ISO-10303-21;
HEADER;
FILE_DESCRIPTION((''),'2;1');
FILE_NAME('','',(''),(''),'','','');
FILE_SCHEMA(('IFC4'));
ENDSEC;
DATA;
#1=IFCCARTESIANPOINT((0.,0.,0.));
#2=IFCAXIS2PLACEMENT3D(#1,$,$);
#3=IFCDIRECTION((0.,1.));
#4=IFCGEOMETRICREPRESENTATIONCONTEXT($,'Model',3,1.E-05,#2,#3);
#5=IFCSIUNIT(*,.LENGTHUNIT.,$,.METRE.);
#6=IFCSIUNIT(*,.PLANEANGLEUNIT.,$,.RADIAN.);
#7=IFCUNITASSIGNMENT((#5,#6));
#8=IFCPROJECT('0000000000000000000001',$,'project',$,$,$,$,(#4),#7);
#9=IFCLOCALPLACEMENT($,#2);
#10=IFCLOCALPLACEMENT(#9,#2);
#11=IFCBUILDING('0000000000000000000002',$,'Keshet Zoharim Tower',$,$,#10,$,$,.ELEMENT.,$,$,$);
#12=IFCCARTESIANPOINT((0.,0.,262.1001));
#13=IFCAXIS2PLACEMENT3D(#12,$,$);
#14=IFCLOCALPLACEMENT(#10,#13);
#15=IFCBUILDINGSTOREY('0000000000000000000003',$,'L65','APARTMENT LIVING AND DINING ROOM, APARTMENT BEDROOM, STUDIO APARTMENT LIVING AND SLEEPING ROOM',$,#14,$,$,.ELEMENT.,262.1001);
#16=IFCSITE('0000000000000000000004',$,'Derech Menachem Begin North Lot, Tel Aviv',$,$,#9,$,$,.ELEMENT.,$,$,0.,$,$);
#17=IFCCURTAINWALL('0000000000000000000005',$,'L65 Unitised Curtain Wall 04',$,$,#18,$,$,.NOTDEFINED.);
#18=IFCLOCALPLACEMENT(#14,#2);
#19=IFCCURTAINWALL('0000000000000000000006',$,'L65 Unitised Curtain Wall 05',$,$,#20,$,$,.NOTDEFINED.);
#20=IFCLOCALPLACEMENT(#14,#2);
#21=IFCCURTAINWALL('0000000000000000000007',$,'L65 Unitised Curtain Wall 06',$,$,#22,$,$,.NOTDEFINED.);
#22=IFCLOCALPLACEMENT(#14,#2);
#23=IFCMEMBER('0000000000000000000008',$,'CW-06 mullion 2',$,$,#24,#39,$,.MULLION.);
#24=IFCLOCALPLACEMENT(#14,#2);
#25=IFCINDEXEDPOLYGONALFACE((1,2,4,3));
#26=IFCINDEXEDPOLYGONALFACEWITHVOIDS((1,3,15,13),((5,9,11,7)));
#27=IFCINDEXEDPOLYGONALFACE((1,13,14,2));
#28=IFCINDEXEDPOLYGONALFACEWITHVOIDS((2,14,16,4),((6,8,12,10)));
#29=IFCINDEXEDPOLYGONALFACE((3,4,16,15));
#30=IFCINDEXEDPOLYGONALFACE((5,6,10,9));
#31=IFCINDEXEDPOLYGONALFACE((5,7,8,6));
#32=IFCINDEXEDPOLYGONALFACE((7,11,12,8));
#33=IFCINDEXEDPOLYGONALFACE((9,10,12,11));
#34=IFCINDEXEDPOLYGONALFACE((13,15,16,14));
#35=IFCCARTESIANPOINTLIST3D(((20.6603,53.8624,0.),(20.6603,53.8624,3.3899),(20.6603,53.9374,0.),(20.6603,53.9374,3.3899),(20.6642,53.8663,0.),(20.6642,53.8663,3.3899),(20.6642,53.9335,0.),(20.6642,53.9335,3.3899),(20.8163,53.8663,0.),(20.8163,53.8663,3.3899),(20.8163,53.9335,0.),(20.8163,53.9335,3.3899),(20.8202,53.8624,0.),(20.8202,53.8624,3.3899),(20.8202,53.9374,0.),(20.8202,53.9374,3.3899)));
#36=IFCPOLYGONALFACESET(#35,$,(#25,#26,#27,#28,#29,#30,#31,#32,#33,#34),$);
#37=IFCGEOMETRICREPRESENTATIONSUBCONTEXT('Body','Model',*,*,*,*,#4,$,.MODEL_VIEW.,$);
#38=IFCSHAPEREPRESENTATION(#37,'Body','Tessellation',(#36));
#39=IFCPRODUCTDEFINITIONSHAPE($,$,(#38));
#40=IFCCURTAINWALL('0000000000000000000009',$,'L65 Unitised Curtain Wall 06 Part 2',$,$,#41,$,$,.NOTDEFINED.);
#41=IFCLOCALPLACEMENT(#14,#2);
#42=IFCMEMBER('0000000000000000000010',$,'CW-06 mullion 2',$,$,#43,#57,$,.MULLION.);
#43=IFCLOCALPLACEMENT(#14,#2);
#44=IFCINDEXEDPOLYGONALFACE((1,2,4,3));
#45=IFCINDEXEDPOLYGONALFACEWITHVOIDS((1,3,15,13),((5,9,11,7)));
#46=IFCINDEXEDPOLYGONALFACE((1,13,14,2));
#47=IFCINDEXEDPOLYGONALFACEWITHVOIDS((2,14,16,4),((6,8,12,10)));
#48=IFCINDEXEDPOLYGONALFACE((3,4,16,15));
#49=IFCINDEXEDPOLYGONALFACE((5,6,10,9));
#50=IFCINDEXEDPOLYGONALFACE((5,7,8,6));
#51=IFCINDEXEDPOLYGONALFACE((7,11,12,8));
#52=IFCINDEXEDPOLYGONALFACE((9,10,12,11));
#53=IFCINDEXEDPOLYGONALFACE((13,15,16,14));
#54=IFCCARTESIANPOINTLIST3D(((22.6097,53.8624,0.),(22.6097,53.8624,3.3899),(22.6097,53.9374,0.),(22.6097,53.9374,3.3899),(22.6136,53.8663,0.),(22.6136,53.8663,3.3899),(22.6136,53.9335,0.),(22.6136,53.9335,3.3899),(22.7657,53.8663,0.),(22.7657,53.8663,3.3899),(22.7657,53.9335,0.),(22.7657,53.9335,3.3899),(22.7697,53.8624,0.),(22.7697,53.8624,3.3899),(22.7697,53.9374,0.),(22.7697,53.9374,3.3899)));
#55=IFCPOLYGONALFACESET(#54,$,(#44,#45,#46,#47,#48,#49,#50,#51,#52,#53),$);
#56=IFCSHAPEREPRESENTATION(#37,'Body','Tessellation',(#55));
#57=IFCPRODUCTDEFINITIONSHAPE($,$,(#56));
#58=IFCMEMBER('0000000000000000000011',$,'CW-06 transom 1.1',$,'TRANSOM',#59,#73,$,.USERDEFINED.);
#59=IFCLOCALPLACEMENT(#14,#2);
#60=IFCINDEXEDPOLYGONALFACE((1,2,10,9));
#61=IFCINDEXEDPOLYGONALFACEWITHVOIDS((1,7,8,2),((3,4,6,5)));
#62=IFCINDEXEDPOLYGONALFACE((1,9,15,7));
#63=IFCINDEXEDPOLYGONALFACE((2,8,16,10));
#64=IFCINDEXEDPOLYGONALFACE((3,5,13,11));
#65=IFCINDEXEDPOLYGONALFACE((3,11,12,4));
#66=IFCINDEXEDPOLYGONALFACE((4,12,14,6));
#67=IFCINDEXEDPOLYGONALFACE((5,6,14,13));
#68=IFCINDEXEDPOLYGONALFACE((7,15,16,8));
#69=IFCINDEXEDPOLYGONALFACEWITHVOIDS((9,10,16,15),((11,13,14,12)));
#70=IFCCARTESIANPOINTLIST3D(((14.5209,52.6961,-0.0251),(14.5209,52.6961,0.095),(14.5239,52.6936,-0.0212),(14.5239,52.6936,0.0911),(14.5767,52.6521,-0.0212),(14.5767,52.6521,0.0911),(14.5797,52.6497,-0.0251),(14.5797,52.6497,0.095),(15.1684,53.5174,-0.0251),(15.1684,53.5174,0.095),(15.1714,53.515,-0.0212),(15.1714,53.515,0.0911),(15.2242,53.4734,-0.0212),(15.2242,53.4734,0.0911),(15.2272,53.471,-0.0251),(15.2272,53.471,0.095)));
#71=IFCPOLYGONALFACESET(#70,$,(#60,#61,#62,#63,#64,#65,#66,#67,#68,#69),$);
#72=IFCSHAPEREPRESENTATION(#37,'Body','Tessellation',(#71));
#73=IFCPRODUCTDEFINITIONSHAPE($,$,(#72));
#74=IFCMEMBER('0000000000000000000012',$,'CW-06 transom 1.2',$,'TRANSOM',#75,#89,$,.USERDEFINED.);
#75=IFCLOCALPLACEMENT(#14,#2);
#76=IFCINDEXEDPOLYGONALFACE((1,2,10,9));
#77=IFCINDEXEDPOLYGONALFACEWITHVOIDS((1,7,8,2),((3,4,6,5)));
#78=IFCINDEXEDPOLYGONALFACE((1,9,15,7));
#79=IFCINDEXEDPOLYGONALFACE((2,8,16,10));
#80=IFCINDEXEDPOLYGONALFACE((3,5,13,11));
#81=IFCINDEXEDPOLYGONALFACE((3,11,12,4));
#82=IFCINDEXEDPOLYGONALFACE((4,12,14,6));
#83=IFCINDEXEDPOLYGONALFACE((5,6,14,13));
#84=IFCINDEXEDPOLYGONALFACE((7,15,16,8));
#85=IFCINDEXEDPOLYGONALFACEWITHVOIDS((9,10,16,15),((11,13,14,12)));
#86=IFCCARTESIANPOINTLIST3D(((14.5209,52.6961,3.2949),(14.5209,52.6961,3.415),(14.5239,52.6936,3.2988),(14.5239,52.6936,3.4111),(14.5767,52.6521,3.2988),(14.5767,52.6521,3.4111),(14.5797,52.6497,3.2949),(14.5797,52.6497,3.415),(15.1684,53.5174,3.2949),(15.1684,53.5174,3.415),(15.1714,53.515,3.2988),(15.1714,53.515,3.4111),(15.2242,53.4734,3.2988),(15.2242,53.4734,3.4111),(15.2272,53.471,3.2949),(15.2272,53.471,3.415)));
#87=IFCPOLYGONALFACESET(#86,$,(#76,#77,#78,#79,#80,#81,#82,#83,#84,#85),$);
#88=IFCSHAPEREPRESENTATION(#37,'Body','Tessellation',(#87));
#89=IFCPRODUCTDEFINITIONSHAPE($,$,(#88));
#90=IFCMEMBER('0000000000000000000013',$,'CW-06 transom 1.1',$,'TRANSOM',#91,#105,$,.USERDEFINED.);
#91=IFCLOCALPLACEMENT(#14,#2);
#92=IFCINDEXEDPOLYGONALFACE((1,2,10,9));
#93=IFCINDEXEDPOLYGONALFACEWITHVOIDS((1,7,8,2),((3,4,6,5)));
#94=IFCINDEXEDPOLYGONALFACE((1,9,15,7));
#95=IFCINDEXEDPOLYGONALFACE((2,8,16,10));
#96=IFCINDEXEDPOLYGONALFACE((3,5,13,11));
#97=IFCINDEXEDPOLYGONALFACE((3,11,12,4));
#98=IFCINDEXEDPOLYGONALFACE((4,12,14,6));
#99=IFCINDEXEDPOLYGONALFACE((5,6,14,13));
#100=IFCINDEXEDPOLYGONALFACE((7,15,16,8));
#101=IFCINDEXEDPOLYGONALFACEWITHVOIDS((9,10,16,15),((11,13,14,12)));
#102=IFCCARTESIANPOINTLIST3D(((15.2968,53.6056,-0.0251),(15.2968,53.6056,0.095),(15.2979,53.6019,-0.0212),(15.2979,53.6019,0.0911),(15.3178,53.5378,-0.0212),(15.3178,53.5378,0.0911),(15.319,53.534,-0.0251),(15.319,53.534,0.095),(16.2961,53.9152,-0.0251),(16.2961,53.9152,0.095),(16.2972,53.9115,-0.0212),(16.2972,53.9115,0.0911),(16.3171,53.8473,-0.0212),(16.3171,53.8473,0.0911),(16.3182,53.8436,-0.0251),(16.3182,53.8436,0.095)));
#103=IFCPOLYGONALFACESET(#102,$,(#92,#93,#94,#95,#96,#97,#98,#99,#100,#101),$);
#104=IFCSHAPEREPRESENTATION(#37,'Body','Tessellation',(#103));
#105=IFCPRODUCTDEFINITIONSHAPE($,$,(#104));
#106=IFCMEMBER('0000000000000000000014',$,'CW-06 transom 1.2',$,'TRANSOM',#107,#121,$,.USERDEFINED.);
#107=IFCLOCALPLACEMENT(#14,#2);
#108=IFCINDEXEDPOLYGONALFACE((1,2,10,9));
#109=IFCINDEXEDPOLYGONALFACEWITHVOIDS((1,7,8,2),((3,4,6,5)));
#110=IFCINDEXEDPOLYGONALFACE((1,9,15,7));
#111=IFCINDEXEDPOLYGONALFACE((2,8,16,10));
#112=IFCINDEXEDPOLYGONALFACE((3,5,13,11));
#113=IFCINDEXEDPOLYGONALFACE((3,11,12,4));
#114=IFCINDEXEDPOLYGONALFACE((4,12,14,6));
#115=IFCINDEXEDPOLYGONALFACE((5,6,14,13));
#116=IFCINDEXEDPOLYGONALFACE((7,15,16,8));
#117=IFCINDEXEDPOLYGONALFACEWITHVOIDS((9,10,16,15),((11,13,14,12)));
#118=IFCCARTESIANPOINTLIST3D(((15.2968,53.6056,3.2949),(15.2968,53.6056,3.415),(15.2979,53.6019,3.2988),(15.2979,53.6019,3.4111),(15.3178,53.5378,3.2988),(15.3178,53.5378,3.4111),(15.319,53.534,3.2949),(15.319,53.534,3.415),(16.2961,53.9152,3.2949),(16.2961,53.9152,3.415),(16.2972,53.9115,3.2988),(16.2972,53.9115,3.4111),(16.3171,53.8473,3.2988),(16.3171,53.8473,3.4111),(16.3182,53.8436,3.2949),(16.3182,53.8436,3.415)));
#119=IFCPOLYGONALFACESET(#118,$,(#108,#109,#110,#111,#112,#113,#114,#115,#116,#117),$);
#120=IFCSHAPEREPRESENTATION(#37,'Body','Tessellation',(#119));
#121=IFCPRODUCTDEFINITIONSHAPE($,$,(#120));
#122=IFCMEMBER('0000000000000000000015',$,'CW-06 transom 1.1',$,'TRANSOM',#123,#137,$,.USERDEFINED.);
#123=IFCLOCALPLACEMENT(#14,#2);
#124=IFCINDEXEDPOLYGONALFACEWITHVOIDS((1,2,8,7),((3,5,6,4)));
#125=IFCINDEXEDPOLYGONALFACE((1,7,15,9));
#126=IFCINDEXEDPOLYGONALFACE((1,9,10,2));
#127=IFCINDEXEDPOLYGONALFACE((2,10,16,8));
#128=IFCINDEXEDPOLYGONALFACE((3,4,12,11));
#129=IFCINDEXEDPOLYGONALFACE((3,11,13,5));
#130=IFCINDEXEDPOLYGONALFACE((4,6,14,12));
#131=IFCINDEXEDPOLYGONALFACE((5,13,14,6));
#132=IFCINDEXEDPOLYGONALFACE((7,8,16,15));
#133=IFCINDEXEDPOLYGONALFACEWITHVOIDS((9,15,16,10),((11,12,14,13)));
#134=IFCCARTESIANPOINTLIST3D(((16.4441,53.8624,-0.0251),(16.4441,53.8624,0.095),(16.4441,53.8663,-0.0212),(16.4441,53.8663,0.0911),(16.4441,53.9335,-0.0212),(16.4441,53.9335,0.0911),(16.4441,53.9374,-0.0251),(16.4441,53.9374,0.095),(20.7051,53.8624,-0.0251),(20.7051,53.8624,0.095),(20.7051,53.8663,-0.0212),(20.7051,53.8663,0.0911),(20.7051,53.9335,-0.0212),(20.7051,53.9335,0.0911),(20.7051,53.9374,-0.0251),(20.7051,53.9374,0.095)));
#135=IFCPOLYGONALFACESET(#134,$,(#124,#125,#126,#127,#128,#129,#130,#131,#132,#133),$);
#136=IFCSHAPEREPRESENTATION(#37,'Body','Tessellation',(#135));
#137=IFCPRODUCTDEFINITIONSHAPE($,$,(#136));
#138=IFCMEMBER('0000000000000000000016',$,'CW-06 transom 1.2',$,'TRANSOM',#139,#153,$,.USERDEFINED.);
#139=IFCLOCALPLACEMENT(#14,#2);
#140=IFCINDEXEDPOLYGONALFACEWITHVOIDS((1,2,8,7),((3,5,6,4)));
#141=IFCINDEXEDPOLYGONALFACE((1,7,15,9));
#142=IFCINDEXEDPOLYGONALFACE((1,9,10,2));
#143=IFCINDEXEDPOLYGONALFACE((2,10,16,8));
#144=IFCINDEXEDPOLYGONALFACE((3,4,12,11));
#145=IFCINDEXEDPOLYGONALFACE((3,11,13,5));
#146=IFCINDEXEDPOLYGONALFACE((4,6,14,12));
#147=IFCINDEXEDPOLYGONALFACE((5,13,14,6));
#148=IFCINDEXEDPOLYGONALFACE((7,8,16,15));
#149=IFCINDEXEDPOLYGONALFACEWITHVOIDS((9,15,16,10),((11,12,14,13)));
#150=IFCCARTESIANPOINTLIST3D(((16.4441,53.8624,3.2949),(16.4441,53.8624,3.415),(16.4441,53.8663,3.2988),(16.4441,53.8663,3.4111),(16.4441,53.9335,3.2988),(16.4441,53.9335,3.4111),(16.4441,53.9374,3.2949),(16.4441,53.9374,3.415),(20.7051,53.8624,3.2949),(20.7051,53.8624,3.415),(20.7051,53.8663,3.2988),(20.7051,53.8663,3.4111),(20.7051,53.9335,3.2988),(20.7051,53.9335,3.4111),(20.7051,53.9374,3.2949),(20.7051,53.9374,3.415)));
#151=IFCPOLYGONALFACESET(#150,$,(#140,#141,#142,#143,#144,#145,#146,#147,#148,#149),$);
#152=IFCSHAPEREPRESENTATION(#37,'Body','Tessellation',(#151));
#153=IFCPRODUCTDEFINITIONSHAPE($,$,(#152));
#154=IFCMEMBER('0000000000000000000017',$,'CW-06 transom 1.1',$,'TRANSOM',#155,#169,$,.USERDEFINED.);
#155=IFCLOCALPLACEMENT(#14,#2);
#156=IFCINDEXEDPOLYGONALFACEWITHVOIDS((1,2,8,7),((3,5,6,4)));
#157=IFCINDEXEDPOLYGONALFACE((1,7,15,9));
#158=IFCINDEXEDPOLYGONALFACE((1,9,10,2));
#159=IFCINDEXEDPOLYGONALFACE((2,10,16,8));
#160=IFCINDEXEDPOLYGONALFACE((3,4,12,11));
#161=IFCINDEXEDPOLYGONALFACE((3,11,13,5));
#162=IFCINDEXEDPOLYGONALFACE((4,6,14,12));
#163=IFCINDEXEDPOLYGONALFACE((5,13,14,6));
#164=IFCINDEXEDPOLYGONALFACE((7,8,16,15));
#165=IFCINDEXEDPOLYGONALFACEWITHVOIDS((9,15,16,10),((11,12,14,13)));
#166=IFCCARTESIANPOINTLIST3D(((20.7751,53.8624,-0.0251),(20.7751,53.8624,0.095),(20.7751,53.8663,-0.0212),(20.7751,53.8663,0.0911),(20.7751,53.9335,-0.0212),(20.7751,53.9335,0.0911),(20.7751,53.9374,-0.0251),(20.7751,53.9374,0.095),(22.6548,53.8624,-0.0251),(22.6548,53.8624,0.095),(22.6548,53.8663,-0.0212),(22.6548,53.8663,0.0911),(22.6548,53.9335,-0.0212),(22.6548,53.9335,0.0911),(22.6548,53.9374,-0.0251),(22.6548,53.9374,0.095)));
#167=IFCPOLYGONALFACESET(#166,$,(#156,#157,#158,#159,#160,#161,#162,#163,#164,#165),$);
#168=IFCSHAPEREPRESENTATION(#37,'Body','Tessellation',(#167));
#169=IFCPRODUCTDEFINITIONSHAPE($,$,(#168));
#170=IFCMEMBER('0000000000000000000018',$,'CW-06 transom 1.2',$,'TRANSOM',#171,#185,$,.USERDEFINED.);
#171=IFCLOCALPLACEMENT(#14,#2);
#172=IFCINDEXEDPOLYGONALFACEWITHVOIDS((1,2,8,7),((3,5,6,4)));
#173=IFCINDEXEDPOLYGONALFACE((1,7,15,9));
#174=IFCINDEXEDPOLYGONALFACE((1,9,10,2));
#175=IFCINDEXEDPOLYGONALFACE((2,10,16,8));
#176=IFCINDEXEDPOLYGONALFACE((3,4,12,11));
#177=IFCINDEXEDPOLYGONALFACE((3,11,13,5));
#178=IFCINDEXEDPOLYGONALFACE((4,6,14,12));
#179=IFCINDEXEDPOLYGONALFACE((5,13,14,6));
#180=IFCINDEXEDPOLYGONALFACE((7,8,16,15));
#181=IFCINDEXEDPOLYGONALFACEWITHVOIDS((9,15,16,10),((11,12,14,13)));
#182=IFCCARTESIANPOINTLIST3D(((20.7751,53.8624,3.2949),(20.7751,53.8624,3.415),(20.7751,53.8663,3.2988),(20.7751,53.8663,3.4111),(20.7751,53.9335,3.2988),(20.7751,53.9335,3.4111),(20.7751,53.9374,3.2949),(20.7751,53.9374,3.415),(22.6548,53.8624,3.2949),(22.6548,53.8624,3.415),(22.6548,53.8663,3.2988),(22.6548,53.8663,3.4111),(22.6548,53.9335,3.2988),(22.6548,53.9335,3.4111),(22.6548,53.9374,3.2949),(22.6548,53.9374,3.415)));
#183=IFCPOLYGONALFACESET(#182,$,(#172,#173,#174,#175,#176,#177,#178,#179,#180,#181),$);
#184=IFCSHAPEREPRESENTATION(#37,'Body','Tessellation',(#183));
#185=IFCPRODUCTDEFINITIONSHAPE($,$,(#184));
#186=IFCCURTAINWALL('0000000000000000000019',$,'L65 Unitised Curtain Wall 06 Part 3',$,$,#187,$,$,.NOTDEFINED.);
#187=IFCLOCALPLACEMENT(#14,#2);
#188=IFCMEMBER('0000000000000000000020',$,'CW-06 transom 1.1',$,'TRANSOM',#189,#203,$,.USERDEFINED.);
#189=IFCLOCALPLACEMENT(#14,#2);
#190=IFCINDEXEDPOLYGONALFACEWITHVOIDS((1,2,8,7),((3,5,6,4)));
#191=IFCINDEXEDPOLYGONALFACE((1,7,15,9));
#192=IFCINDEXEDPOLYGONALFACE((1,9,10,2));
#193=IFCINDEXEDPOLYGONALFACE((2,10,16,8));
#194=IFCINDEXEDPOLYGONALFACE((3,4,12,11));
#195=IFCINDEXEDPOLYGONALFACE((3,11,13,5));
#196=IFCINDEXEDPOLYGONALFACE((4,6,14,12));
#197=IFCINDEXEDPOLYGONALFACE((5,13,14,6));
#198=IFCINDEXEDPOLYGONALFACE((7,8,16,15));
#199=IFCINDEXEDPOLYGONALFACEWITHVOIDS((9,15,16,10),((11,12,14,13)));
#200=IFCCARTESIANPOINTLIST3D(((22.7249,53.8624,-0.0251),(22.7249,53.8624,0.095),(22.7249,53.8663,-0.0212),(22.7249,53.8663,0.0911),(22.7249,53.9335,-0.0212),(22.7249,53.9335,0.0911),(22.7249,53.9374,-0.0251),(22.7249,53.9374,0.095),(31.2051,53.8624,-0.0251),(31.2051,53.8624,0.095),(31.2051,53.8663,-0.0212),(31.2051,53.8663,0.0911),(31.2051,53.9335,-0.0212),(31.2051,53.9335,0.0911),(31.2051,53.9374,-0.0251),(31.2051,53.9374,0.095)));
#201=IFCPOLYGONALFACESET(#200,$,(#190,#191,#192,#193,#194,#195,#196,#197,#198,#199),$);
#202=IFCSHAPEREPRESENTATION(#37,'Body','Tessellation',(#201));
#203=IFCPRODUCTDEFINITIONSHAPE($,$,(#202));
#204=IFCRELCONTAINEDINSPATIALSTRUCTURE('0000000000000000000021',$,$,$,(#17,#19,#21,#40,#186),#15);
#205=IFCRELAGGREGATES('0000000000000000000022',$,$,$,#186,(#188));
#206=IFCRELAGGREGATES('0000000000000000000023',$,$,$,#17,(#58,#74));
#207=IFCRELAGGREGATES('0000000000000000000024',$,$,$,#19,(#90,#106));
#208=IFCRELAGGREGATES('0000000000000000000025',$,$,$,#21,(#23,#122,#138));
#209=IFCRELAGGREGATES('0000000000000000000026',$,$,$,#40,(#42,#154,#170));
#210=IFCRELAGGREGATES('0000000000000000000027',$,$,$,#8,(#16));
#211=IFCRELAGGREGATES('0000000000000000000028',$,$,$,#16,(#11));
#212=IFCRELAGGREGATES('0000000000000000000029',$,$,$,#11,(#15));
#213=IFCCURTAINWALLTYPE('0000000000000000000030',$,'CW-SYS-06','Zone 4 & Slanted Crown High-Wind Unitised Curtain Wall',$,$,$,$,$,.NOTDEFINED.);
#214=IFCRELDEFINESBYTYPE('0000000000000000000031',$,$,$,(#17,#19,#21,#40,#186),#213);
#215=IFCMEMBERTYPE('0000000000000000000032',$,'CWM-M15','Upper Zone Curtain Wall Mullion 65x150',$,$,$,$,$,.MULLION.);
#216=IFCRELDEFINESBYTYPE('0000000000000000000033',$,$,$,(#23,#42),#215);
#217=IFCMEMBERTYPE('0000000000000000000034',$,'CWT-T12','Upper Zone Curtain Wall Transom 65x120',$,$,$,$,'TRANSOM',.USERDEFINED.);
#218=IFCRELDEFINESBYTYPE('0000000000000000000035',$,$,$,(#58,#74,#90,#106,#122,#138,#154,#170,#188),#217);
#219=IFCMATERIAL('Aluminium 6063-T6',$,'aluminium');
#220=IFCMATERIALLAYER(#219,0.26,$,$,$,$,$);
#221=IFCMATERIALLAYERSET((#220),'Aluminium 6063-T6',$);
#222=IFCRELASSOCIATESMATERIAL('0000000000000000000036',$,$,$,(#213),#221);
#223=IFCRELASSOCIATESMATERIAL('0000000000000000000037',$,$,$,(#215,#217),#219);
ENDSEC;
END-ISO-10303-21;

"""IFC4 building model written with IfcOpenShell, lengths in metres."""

from ifc_helpers import new_model, si_unit, direction, frame, origin, origin_2d, place, context, subcontext, project, spatial, hollow_rectangle, extrude, material, layer, layer_set, material_profile, profile_set, type_object, element, aggregate, save


model = new_model("IFC4")

# Units and contexts
model_context = context("Model", 3, precision=1e-05, world=origin(), true_north=direction((0.0, 1.0)))
body_context = subcontext(model_context, "Body", "Model", "MODEL_VIEW")
ifc_project = project(units=[si_unit("LENGTHUNIT", "METRE"), si_unit("PLANEANGLEUNIT", "RADIAN")], contexts=[model_context])

# Site, building, storey
site_placement = place(None, origin())
site = spatial("IfcSite", under=ifc_project, at=site_placement, Name="Derech Menachem Begin North Lot, Tel Aviv", CompositionType="ELEMENT", RefElevation=0.0)
building_placement = place(site_placement, origin())
building = spatial("IfcBuilding", under=site, at=building_placement, Name="Keshet Zoharim Tower", CompositionType="ELEMENT")
storey_placement = place(building_placement, frame((0.0, 0.0, 262.1001)))
storey = spatial("IfcBuildingStorey", under=building, at=storey_placement, Name="L65", Description="APARTMENT LIVING AND DINING ROOM, APARTMENT BEDROOM, STUDIO APARTMENT LIVING AND SLEEPING ROOM", CompositionType="ELEMENT", Elevation=262.1001)

# Curtain walls, member
ifc_material_1 = material(Name="Aluminium 6063-T6", Category="aluminium")
ifc_layer_1 = layer(ifc_material_1, 0.26)
ifc_layer_set_1 = layer_set([ifc_layer_1], Name="Aluminium 6063-T6")
curtain_wall_type = type_object("IfcCurtainWallType", Name="CW-SYS-06", Description="Zone 4 & Slanted Crown High-Wind Unitised Curtain Wall", PredefinedType="NOTDEFINED", material=ifc_layer_set_1)
curtain_wall_1_placement = place(storey_placement, origin())
curtain_wall_1 = element("IfcCurtainWall", 1, at=curtain_wall_1_placement, inside=storey, type_object=curtain_wall_type, Name="L65 Unitised Curtain Wall 04", PredefinedType="NOTDEFINED")
ifc_material_profile_1 = material_profile(ifc_material_1, hollow_rectangle(XDim=0.075, YDim=0.1599, WallThickness=0.0039, at=origin_2d()), Name="MUL-75x160")
ifc_profile_set_1 = profile_set([ifc_material_profile_1], Name="Aluminium 6063-T6")
member_type_1 = type_object("IfcMemberType", Name="CWM-M15", Description="Upper Zone Curtain Wall Mullion 65x150", PredefinedType="MULLION", material=ifc_profile_set_1)
curtain_wall_2_placement = place(storey_placement, origin())
curtain_wall_2 = element("IfcCurtainWall", 2, at=curtain_wall_2_placement, inside=storey, type_object=curtain_wall_type, Name="L65 Unitised Curtain Wall 05", PredefinedType="NOTDEFINED")
curtain_wall_3_placement = place(storey_placement, origin())
curtain_wall_3 = element("IfcCurtainWall", 3, at=curtain_wall_3_placement, inside=storey, type_object=curtain_wall_type, Name="L65 Unitised Curtain Wall 06", PredefinedType="NOTDEFINED")
member_1_placement = place(storey_placement, frame((20.7402, 53.8999, 0.0), z_axis=(0.0, 0.0, 1.0), x_axis=(0.0, 1.0, 0.0)))
member_1 = element("IfcMember", 4, at=member_1_placement, type_object=member_type_1, Name="CW-06 mullion 2", PredefinedType="MULLION", context=body_context, shape_type="SweptSolid", body=[
    extrude(hollow_rectangle(XDim=0.075, YDim=0.1599, WallThickness=0.0039, at=origin_2d()), origin(), (0.0, 0.0, 1.0), 3.3899),
])

# Curtain wall, member
curtain_wall_4_placement = place(storey_placement, origin())
curtain_wall_4 = element("IfcCurtainWall", 5, at=curtain_wall_4_placement, inside=storey, type_object=curtain_wall_type, Name="L65 Unitised Curtain Wall 06 Part 2", PredefinedType="NOTDEFINED")
member_2_placement = place(storey_placement, frame((22.6897, 53.8999, 0.0), z_axis=(0.0, 0.0, 1.0), x_axis=(0.0, 1.0, 0.0)))
member_2 = element("IfcMember", 6, at=member_2_placement, type_object=member_type_1, Name="CW-06 mullion 2", PredefinedType="MULLION", context=body_context, shape_type="SweptSolid", body=[
    extrude(hollow_rectangle(XDim=0.075, YDim=0.1599, WallThickness=0.0039, at=origin_2d()), origin(), (0.0, 0.0, 1.0), 3.3899),
])

# Members
ifc_material_profile_2 = material_profile(ifc_material_1, hollow_rectangle(XDim=0.075, YDim=0.1201, WallThickness=0.0039, at=origin_2d()), Name="TRN-75x120")
ifc_profile_set_2 = profile_set([ifc_material_profile_2], Name="Aluminium 6063-T6")
member_type_2 = type_object("IfcMemberType", Name="CWT-T12", Description="Upper Zone Curtain Wall Transom 65x120", ElementType="TRANSOM", PredefinedType="USERDEFINED", material=ifc_profile_set_2)
member_3_placement = place(storey_placement, frame((14.5503, 52.6729, 0.0349), z_axis=(0.619099, 0.785313, 0.0), x_axis=(-0.785313, 0.619099, 0.0)))
member_3 = element("IfcMember", 7, at=member_3_placement, type_object=member_type_2, Name="CW-06 transom 1.1", ObjectType="TRANSOM", PredefinedType="USERDEFINED", context=body_context, shape_type="SweptSolid", body=[
    extrude(hollow_rectangle(XDim=0.075, YDim=0.1201, WallThickness=0.0039, at=origin_2d()), origin(), (0.0, 0.0, 1.0), 1.0459),
])
member_4_placement = place(storey_placement, frame((14.5503, 52.6729, 3.355), z_axis=(0.619099, 0.785313, 0.0), x_axis=(-0.785313, 0.619099, 0.0)))
member_4 = element("IfcMember", 8, at=member_4_placement, type_object=member_type_2, Name="CW-06 transom 1.2", ObjectType="TRANSOM", PredefinedType="USERDEFINED", context=body_context, shape_type="SweptSolid", body=[
    extrude(hollow_rectangle(XDim=0.075, YDim=0.1201, WallThickness=0.0039, at=origin_2d()), origin(), (0.0, 0.0, 1.0), 1.0459),
])
member_5_placement = place(storey_placement, frame((15.3079, 53.5698, 0.0349), z_axis=(0.955212, 0.295922, 0.0), x_axis=(-0.295922, 0.955212, 0.0)))
member_5 = element("IfcMember", 9, at=member_5_placement, type_object=member_type_2, Name="CW-06 transom 1.1", ObjectType="TRANSOM", PredefinedType="USERDEFINED", context=body_context, shape_type="SweptSolid", body=[
    extrude(hollow_rectangle(XDim=0.075, YDim=0.1201, WallThickness=0.0039, at=origin_2d()), origin(), (0.0, 0.0, 1.0), 1.0461),
])
member_6_placement = place(storey_placement, frame((15.3079, 53.5698, 3.355), z_axis=(0.955212, 0.295922, 0.0), x_axis=(-0.295922, 0.955212, 0.0)))
member_6 = element("IfcMember", 10, at=member_6_placement, type_object=member_type_2, Name="CW-06 transom 1.2", ObjectType="TRANSOM", PredefinedType="USERDEFINED", context=body_context, shape_type="SweptSolid", body=[
    extrude(hollow_rectangle(XDim=0.075, YDim=0.1201, WallThickness=0.0039, at=origin_2d()), origin(), (0.0, 0.0, 1.0), 1.0461),
])
member_7_placement = place(storey_placement, frame((16.4441, 53.8999, 0.0349), z_axis=(1.0, 0.0, 0.0), x_axis=(0.0, 1.0, 0.0)))
member_7 = element("IfcMember", 11, at=member_7_placement, type_object=member_type_2, Name="CW-06 transom 1.1", ObjectType="TRANSOM", PredefinedType="USERDEFINED", context=body_context, shape_type="SweptSolid", body=[
    extrude(hollow_rectangle(XDim=0.075, YDim=0.1201, WallThickness=0.0039, at=origin_2d()), origin(), (0.0, 0.0, 1.0), 4.261),
])
member_8_placement = place(storey_placement, frame((16.4441, 53.8999, 3.355), z_axis=(1.0, 0.0, 0.0), x_axis=(0.0, 1.0, 0.0)))
member_8 = element("IfcMember", 12, at=member_8_placement, type_object=member_type_2, Name="CW-06 transom 1.2", ObjectType="TRANSOM", PredefinedType="USERDEFINED", context=body_context, shape_type="SweptSolid", body=[
    extrude(hollow_rectangle(XDim=0.075, YDim=0.1201, WallThickness=0.0039, at=origin_2d()), origin(), (0.0, 0.0, 1.0), 4.261),
])
member_9_placement = place(storey_placement, frame((20.7751, 53.8999, 0.0349), z_axis=(1.0, 0.0, 0.0), x_axis=(0.0, 1.0, 0.0)))
member_9 = element("IfcMember", 13, at=member_9_placement, type_object=member_type_2, Name="CW-06 transom 1.1", ObjectType="TRANSOM", PredefinedType="USERDEFINED", context=body_context, shape_type="SweptSolid", body=[
    extrude(hollow_rectangle(XDim=0.075, YDim=0.1201, WallThickness=0.0039, at=origin_2d()), origin(), (0.0, 0.0, 1.0), 1.8796),
])
member_10_placement = place(storey_placement, frame((20.7751, 53.8999, 3.355), z_axis=(1.0, 0.0, 0.0), x_axis=(0.0, 1.0, 0.0)))
member_10 = element("IfcMember", 14, at=member_10_placement, type_object=member_type_2, Name="CW-06 transom 1.2", ObjectType="TRANSOM", PredefinedType="USERDEFINED", context=body_context, shape_type="SweptSolid", body=[
    extrude(hollow_rectangle(XDim=0.075, YDim=0.1201, WallThickness=0.0039, at=origin_2d()), origin(), (0.0, 0.0, 1.0), 1.8796),
])

# Curtain wall, member
curtain_wall_5_placement = place(storey_placement, origin())
curtain_wall_5 = element("IfcCurtainWall", 15, at=curtain_wall_5_placement, inside=storey, type_object=curtain_wall_type, Name="L65 Unitised Curtain Wall 06 Part 3", PredefinedType="NOTDEFINED")
member_11_placement = place(storey_placement, frame((22.7249, 53.8999, 0.0349), z_axis=(1.0, 0.0, 0.0), x_axis=(0.0, 1.0, 0.0)))
member_11 = element("IfcMember", 16, at=member_11_placement, type_object=member_type_2, Name="CW-06 transom 1.1", ObjectType="TRANSOM", PredefinedType="USERDEFINED", context=body_context, shape_type="SweptSolid", body=[
    extrude(hollow_rectangle(XDim=0.075, YDim=0.1201, WallThickness=0.0039, at=origin_2d()), origin(), (0.0, 0.0, 1.0), 8.4802),
])
aggregate(curtain_wall_5, [member_11])

aggregate(curtain_wall_1, [member_3, member_4])
aggregate(curtain_wall_2, [member_5, member_6])
aggregate(curtain_wall_3, [member_1, member_7, member_8])
aggregate(curtain_wall_4, [member_2, member_9, member_10])

save(model, "model.ifc")
